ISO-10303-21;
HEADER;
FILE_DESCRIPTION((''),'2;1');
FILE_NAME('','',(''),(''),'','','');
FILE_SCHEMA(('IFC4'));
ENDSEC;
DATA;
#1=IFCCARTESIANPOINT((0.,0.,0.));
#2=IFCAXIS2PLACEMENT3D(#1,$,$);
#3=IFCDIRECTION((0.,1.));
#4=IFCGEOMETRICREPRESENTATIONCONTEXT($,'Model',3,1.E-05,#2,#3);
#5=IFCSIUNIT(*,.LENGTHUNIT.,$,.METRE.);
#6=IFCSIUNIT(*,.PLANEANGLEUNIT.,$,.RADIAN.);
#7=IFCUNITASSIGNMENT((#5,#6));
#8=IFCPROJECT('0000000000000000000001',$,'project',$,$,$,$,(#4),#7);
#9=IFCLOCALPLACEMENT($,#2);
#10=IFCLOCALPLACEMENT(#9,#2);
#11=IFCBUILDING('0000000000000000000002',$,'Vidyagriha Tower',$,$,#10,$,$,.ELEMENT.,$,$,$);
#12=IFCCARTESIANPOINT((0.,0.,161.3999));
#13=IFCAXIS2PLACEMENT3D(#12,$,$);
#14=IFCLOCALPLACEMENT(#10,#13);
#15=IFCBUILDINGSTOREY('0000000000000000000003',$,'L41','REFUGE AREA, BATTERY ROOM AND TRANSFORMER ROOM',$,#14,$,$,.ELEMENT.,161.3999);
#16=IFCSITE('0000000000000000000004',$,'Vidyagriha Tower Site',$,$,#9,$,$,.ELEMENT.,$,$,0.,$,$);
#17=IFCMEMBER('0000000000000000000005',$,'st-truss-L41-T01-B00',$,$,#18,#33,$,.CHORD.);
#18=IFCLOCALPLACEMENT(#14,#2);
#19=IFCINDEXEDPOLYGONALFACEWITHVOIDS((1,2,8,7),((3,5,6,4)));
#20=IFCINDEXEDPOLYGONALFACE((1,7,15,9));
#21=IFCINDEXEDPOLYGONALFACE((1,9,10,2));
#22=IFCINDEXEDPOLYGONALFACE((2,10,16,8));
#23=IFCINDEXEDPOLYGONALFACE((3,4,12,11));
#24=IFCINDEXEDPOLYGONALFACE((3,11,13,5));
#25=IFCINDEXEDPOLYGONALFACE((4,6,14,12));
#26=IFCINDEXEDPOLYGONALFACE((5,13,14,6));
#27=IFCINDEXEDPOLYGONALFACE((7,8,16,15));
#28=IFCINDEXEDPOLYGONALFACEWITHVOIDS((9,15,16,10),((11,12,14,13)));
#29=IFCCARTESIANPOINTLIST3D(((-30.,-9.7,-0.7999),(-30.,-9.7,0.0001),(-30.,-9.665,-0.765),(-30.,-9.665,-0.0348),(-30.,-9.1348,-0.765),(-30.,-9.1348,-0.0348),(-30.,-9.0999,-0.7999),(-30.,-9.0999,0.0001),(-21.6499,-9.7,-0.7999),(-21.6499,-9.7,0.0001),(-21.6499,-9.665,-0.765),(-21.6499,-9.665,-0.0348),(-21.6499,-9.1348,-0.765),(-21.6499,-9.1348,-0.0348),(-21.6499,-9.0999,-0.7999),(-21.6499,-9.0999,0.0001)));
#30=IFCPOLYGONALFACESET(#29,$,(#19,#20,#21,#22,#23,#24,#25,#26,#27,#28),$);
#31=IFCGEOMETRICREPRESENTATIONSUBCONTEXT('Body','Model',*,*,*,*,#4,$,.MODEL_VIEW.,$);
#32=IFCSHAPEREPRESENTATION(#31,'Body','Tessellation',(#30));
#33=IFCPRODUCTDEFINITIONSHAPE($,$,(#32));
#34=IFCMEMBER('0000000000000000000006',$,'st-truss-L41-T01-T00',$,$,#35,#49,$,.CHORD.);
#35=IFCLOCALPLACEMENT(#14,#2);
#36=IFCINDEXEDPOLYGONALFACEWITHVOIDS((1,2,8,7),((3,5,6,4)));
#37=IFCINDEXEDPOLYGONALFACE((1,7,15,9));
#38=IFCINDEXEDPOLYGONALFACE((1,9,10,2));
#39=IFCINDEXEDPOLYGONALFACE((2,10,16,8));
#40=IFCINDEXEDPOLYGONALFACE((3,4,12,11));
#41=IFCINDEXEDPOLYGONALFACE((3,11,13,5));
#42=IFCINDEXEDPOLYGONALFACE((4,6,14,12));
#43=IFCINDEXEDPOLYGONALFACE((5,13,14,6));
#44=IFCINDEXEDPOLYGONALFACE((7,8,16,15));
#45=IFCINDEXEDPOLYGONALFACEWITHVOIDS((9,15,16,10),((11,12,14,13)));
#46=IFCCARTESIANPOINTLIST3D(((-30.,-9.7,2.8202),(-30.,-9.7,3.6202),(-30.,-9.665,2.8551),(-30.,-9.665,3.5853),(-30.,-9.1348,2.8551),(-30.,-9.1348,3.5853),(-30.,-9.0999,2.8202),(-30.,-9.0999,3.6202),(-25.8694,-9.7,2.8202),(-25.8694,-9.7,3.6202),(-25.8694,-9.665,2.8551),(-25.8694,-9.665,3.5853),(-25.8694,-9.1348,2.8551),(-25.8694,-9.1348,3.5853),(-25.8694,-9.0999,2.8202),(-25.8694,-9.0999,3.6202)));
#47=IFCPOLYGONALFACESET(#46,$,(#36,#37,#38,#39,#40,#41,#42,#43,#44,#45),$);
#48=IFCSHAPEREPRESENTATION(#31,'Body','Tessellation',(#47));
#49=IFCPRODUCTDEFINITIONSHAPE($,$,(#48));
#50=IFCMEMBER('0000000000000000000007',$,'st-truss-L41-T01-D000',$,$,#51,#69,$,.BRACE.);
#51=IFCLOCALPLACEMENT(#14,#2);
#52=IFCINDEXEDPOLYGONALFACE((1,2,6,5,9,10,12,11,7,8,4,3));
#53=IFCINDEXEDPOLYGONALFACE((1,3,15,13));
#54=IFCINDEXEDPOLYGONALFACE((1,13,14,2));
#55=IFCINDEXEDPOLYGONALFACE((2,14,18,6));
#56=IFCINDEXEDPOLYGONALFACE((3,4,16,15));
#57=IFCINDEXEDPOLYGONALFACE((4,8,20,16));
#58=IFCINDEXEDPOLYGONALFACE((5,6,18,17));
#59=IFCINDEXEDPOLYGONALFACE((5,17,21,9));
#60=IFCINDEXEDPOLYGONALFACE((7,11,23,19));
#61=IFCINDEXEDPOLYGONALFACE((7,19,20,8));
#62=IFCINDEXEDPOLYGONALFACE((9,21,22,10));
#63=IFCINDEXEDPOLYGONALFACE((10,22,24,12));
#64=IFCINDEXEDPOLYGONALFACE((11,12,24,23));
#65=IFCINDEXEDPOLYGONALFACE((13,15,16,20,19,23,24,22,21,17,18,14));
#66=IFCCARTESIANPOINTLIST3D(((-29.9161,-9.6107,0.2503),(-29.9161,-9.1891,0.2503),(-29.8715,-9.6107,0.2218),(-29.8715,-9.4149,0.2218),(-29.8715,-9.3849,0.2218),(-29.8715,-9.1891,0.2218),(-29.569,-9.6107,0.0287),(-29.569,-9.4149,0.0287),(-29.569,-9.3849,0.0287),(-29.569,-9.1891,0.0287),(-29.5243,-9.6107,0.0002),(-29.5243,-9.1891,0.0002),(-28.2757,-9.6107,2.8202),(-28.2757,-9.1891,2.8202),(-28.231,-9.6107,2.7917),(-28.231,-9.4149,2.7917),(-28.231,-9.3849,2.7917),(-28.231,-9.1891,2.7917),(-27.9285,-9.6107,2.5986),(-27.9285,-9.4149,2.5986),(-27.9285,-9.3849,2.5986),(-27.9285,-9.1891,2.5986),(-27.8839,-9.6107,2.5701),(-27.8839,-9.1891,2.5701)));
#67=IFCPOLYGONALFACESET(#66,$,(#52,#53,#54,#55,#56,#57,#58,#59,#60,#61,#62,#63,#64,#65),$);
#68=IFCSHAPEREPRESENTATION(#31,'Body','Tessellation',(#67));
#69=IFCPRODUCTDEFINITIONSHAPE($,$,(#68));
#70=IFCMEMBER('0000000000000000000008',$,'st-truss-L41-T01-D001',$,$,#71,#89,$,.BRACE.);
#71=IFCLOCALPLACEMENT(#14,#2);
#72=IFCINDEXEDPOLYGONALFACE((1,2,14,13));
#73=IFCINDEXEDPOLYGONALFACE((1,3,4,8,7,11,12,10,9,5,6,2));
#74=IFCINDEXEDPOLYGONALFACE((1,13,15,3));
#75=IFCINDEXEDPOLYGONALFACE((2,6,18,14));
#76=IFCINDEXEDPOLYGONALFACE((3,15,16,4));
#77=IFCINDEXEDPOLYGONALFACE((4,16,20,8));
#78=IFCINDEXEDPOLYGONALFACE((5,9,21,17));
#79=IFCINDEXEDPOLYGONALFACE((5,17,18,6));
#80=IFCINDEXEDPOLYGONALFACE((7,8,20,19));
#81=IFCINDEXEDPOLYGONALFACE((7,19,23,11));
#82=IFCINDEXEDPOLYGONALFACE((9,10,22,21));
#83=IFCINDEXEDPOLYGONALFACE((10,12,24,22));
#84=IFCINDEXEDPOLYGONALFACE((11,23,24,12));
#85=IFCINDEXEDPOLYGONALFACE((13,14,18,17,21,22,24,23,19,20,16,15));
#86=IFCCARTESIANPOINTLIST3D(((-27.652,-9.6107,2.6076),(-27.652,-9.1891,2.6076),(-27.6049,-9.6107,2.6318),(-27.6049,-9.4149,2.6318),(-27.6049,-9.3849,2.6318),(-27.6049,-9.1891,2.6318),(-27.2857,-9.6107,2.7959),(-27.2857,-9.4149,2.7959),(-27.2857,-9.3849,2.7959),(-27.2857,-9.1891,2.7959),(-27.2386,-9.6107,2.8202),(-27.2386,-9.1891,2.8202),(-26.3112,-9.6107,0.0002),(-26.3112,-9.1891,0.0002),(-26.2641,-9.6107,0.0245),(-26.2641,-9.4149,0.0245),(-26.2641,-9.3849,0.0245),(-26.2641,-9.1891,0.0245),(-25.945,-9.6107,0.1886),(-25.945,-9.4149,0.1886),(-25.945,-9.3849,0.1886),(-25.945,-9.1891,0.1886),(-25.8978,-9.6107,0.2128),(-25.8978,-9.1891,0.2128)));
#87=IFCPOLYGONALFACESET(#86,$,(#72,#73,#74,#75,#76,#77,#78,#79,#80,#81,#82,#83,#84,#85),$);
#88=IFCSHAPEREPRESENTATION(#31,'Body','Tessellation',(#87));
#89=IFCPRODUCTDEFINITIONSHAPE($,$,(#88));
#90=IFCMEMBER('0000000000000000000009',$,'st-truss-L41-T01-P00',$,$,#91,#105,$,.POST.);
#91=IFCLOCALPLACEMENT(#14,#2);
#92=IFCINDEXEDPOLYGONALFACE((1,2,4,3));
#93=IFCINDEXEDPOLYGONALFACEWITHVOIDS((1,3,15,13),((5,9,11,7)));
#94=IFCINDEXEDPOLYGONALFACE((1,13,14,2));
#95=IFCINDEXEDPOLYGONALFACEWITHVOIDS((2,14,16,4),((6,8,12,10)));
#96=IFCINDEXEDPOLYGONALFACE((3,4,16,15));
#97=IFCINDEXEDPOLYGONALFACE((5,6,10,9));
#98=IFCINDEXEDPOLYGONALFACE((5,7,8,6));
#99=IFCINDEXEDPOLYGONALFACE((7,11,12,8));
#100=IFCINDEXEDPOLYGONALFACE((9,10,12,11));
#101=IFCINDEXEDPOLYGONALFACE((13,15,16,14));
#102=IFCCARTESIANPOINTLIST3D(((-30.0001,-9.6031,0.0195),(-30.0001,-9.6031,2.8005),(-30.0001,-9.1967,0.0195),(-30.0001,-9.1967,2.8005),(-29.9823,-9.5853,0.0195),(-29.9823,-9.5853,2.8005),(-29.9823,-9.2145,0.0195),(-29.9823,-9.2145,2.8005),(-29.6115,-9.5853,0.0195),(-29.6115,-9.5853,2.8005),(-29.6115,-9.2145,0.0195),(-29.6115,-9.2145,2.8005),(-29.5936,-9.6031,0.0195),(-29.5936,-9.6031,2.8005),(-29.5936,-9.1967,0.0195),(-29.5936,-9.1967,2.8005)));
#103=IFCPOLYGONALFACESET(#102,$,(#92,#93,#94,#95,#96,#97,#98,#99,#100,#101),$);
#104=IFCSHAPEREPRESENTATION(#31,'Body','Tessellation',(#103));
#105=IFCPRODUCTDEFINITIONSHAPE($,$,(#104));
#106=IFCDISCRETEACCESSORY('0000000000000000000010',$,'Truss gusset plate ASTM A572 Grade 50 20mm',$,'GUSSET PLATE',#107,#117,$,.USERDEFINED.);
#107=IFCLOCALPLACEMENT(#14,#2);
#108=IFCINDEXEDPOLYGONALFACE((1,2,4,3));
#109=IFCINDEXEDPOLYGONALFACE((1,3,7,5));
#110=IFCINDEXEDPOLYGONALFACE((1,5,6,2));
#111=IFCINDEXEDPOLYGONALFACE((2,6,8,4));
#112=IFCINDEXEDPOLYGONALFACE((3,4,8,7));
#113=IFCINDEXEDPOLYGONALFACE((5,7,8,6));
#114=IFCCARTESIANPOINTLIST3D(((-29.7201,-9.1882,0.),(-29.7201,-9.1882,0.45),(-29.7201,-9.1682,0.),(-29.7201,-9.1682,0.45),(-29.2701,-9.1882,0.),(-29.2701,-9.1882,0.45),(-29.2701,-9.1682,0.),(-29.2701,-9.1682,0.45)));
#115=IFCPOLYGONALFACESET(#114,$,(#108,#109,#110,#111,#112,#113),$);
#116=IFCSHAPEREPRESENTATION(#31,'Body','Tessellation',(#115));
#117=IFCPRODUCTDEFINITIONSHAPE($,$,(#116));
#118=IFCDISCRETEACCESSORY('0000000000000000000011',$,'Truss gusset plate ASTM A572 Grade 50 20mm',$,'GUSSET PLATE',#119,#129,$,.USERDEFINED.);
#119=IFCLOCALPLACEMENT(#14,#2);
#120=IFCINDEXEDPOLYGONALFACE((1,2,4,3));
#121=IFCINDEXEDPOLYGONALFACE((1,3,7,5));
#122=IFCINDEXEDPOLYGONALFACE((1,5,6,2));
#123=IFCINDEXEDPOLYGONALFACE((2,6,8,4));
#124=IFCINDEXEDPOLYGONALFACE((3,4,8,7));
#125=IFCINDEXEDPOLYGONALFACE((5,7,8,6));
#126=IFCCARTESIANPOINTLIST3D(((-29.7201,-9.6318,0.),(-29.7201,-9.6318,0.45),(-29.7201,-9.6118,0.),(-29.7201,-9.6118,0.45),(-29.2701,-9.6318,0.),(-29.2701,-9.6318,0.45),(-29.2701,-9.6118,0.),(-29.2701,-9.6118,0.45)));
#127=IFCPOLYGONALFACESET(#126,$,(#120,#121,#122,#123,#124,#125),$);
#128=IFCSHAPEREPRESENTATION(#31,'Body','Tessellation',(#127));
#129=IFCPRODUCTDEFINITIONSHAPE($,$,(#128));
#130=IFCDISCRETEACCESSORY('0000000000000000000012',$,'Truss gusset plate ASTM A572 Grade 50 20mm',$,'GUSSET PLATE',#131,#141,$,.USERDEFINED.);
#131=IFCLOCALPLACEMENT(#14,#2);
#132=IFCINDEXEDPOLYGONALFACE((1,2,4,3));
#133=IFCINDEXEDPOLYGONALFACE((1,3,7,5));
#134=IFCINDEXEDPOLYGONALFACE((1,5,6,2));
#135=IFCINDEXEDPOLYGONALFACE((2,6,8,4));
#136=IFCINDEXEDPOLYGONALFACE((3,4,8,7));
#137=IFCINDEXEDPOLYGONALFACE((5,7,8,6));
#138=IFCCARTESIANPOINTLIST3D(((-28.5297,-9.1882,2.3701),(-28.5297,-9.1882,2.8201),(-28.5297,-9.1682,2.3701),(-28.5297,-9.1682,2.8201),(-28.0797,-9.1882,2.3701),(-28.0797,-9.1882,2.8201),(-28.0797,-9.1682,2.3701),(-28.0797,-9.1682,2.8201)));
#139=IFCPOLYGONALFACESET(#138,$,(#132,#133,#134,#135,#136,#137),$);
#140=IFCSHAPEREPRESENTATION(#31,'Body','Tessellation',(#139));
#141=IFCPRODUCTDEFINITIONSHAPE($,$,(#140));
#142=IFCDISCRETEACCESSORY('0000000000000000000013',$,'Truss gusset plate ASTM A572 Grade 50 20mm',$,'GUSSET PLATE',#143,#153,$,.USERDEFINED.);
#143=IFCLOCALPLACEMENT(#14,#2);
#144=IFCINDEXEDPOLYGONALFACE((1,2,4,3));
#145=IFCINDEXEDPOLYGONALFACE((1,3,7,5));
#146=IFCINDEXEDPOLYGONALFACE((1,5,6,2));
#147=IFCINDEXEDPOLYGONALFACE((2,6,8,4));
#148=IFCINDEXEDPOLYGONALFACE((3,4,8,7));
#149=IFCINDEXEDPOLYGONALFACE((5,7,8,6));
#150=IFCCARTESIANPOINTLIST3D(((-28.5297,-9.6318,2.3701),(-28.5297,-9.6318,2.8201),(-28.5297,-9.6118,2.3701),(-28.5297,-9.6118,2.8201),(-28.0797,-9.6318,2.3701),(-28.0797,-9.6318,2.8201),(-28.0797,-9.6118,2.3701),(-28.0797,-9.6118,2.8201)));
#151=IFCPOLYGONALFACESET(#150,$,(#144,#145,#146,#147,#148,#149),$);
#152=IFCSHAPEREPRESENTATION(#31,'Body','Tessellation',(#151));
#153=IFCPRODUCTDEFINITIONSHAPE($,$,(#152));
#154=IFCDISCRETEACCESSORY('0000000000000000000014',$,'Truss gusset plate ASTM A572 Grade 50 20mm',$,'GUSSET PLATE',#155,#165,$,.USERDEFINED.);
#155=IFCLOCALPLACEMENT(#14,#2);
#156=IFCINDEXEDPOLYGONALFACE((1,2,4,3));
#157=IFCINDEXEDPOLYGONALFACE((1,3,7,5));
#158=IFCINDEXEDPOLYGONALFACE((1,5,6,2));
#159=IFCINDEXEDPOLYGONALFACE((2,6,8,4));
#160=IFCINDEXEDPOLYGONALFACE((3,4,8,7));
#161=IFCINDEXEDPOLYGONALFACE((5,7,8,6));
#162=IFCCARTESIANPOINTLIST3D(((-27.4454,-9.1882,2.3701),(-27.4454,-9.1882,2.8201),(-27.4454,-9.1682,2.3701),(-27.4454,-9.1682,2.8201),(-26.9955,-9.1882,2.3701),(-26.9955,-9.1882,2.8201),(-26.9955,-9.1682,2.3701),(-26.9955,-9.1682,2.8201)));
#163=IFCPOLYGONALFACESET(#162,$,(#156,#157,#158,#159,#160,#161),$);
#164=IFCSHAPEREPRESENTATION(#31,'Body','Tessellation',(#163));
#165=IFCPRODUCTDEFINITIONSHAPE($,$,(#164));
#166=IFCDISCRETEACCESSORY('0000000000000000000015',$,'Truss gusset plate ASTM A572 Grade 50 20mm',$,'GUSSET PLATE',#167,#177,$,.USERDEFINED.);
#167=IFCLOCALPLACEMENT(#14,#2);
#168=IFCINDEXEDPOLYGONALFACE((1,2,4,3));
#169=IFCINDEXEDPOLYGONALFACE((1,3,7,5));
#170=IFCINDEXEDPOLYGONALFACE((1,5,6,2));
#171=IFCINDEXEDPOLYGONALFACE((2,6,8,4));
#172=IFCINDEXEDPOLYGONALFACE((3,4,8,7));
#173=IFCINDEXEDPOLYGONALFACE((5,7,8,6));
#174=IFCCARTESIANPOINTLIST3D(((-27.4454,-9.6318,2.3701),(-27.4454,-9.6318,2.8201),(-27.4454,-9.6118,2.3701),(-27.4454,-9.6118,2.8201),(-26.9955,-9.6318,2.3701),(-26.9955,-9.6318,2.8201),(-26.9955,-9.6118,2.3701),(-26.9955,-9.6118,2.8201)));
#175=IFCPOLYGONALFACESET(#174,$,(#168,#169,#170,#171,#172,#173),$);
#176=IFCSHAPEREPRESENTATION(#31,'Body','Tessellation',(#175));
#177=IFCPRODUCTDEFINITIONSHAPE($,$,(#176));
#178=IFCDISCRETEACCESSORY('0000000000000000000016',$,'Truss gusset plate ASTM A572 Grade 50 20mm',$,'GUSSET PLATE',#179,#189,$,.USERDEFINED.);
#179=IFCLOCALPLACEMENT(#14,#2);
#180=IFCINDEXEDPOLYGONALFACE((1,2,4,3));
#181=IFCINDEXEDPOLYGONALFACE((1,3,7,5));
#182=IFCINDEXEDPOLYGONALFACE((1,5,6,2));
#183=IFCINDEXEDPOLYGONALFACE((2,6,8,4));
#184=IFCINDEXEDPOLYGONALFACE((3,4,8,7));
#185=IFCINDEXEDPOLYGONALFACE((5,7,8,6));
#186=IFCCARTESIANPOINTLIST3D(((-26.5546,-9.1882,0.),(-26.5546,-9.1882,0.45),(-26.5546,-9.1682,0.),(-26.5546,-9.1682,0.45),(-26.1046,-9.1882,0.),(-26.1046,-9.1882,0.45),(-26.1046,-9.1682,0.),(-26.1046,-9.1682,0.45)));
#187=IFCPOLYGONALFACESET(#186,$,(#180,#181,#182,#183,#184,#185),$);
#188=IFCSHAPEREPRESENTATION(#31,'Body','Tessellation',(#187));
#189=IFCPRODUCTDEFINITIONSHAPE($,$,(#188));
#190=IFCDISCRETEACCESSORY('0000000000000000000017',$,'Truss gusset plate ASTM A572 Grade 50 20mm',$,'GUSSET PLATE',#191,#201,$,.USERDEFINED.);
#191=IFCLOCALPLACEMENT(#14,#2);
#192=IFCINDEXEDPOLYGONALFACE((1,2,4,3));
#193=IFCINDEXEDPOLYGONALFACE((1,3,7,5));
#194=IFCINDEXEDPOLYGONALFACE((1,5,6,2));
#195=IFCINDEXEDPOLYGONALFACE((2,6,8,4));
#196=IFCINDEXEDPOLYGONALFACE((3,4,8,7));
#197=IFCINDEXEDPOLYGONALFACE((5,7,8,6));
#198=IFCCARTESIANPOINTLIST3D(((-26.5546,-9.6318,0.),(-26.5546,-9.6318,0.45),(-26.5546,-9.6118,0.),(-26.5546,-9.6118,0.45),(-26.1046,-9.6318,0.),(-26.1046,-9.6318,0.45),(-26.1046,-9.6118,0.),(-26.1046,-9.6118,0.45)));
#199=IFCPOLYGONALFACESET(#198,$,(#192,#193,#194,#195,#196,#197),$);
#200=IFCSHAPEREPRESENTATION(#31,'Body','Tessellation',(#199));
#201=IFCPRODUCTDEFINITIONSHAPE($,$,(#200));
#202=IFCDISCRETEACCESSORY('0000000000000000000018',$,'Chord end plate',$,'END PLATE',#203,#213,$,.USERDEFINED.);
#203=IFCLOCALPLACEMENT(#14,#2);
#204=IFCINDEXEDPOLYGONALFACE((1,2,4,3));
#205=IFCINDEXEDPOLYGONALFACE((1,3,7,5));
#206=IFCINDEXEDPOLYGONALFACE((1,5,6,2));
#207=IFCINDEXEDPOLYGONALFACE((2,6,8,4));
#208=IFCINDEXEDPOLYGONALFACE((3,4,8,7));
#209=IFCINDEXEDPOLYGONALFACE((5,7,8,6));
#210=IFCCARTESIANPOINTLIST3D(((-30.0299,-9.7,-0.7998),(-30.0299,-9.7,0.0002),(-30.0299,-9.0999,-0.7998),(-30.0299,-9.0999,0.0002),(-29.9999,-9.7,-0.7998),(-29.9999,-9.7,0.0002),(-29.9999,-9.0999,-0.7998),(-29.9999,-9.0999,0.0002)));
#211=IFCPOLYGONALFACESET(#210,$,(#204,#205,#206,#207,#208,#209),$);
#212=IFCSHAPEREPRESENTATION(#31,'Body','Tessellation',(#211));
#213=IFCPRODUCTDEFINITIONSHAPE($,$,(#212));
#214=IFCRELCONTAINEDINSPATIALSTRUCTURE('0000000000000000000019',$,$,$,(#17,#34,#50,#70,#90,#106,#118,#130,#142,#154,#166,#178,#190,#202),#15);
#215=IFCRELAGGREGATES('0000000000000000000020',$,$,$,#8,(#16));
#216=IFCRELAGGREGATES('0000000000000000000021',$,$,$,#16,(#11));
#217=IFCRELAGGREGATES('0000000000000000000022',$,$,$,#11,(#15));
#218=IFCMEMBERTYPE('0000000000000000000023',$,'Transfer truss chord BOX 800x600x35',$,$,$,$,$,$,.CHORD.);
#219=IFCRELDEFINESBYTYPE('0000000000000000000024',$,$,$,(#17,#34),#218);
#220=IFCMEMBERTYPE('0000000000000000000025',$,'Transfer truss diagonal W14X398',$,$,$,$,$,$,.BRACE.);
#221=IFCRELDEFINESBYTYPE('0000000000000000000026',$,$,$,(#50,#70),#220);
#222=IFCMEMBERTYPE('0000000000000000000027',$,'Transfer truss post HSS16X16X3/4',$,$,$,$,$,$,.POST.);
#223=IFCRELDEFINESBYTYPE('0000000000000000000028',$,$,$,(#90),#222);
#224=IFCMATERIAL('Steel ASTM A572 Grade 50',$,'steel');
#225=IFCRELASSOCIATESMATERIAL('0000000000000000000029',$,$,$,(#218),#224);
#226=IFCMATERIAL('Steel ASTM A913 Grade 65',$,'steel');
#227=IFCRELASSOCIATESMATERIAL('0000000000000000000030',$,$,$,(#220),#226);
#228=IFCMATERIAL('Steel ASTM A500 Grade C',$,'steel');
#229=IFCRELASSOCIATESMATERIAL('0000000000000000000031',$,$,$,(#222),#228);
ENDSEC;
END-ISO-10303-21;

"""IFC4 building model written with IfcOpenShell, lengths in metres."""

from ifc_helpers import new_model, si_unit, direction, frame, origin, origin_2d, place, context, subcontext, project, spatial, rectangle, hollow_rectangle, i_section, extrude, material, material_profile, profile_set, type_object, element, save


model = new_model("IFC4")

# Units and contexts
model_context = context("Model", 3, precision=1e-05, world=origin(), true_north=direction((0.0, 1.0)))
body_context = subcontext(model_context, "Body", "Model", "MODEL_VIEW")
ifc_project = project(units=[si_unit("LENGTHUNIT", "METRE"), si_unit("PLANEANGLEUNIT", "RADIAN")], contexts=[model_context])

# Site, building, storey
site_placement = place(None, origin())
site = spatial("IfcSite", under=ifc_project, at=site_placement, Name="Vidyagriha Tower Site", CompositionType="ELEMENT", RefElevation=0.0)
building_placement = place(site_placement, origin())
building = spatial("IfcBuilding", under=site, at=building_placement, Name="Vidyagriha Tower", CompositionType="ELEMENT")
storey_placement = place(building_placement, frame((0.0, 0.0, 161.3999)))
storey = spatial("IfcBuildingStorey", under=building, at=storey_placement, Name="L41", Description="REFUGE AREA, BATTERY ROOM AND TRANSFORMER ROOM", CompositionType="ELEMENT", Elevation=161.3999)

# Members
ifc_material_1 = material(Name="Steel ASTM A572 Grade 50", Category="steel")
ifc_material_profile_1 = material_profile(ifc_material_1, hollow_rectangle(XDim=0.6001, YDim=0.8, WallThickness=0.0349, at=origin_2d()), Name="BOX 800x600x35")
ifc_profile_set_1 = profile_set([ifc_material_profile_1], Name="Steel ASTM A572 Grade 50")
member_type_1 = type_object("IfcMemberType", Name="Transfer truss chord BOX 800x600x35", PredefinedType="CHORD", material=ifc_profile_set_1)
member_1_placement = place(storey_placement, frame((-30.0, -9.3999, -0.3999), z_axis=(1.0, 0.0, 0.0), x_axis=(0.0, 1.0, 0.0)))
element("IfcMember", 1, at=member_1_placement, inside=storey, type_object=member_type_1, Name="st-truss-L41-T01-B00", PredefinedType="CHORD", context=body_context, shape_type="SweptSolid", body=[
    extrude(hollow_rectangle(XDim=0.6001, YDim=0.8, WallThickness=0.0349, at=origin_2d()), origin(), (0.0, 0.0, 1.0), 8.3501),
])
member_2_placement = place(storey_placement, frame((-30.0, -9.3999, 3.2202), z_axis=(1.0, 0.0, 0.0), x_axis=(0.0, 1.0, 0.0)))
element("IfcMember", 2, at=member_2_placement, inside=storey, type_object=member_type_1, Name="st-truss-L41-T01-T00", PredefinedType="CHORD", context=body_context, shape_type="SweptSolid", body=[
    extrude(hollow_rectangle(XDim=0.6001, YDim=0.8, WallThickness=0.0349, at=origin_2d()), origin(), (0.0, 0.0, 1.0), 4.1306),
])
ifc_material_2 = material(Name="Steel ASTM A913 Grade 65", Category="steel")
ifc_material_profile_2 = material_profile(ifc_material_2, i_section(OverallWidth=0.4216, OverallDepth=0.4648, WebThickness=0.03, FlangeThickness=0.053, at=origin_2d()), Name="W14X398")
ifc_profile_set_2 = profile_set([ifc_material_profile_2], Name="Steel ASTM A913 Grade 65")
member_type_2 = type_object("IfcMemberType", Name="Transfer truss diagonal W14X398", PredefinedType="BRACE", material=ifc_profile_set_2)
member_3_placement = place(storey_placement, frame((-29.7202, -9.3999, 0.1252), z_axis=(0.538051, 0.0, 0.842912), x_axis=(0.0, 1.0, 0.0)))
element("IfcMember", 3, at=member_3_placement, inside=storey, type_object=member_type_2, Name="st-truss-L41-T01-D000", PredefinedType="BRACE", context=body_context, shape_type="SweptSolid", body=[
    extrude(i_section(OverallWidth=0.4216, OverallDepth=0.4648, WebThickness=0.03, FlangeThickness=0.053, at=origin_2d()), origin(), (0.0, 0.0, 1.0), 3.0488),
])
member_4_placement = place(storey_placement, frame((-27.4453, -9.3999, 2.7139), z_axis=(0.45731, 0.0, -0.889307), x_axis=(0.0, 1.0, 0.0)))
element("IfcMember", 4, at=member_4_placement, inside=storey, type_object=member_type_2, Name="st-truss-L41-T01-D001", PredefinedType="BRACE", context=body_context, shape_type="SweptSolid", body=[
    extrude(i_section(OverallWidth=0.4216, OverallDepth=0.4648, WebThickness=0.03, FlangeThickness=0.053, at=origin_2d()), origin(), (0.0, 0.0, 1.0), 2.9319),
])
ifc_material_3 = material(Name="Steel ASTM A500 Grade C", Category="steel")
ifc_material_profile_3 = material_profile(ifc_material_3, hollow_rectangle(XDim=0.4065, YDim=0.4065, WallThickness=0.0178, at=origin_2d()), Name="HSS16X16X3/4")
ifc_profile_set_3 = profile_set([ifc_material_profile_3], Name="Steel ASTM A500 Grade C")
member_type_3 = type_object("IfcMemberType", Name="Transfer truss post HSS16X16X3/4", PredefinedType="POST", material=ifc_profile_set_3)
member_5_placement = place(storey_placement, frame((-29.7969, -9.3999, 0.0195)))
element("IfcMember", 5, at=member_5_placement, inside=storey, type_object=member_type_3, Name="st-truss-L41-T01-P00", PredefinedType="POST", context=body_context, shape_type="SweptSolid", body=[
    extrude(hollow_rectangle(XDim=0.4065, YDim=0.4065, WallThickness=0.0178, at=origin_2d()), origin(), (0.0, 0.0, 1.0), 2.781),
])

# Discrete accessories
for number, where, name in (
    (6, (-29.4951, -9.1782, 0.0), "Truss gusset plate ASTM A572 Grade 50 20mm"),
    (7, (-29.4951, -9.6218, 0.0), "Truss gusset plate ASTM A572 Grade 50 20mm"),
    (8, (-28.3047, -9.1782, 2.3701), "Truss gusset plate ASTM A572 Grade 50 20mm"),
    (9, (-28.3047, -9.6218, 2.3701), "Truss gusset plate ASTM A572 Grade 50 20mm"),
    (10, (-27.2205, -9.1782, 2.3701), "Truss gusset plate ASTM A572 Grade 50 20mm"),
    (11, (-27.2205, -9.6218, 2.3701), "Truss gusset plate ASTM A572 Grade 50 20mm"),
    (12, (-26.3296, -9.1782, 0.0), "Truss gusset plate ASTM A572 Grade 50 20mm"),
    (13, (-26.3296, -9.6218, 0.0), "Truss gusset plate ASTM A572 Grade 50 20mm"),
):
    element("IfcDiscreteAccessory", number, at=place(storey_placement, frame(where)), inside=storey, Name=name, ObjectType="GUSSET PLATE", PredefinedType="USERDEFINED", context=body_context, shape_type="SweptSolid", body=[
        extrude(rectangle(XDim=0.45, YDim=0.02, at=origin_2d()), origin(), (0.0, 0.0, 1.0), 0.45),
    ])
for number, where, z_axis, x_axis, name in (
    (14, (-30.0149, -9.3999, -0.7998), (0.0, 0.0, 1.0), (-1.0, 0.0, 0.0), "Chord end plate"),
):
    element("IfcDiscreteAccessory", number, at=place(storey_placement, frame(where, z_axis=z_axis, x_axis=x_axis)), inside=storey, Name=name, ObjectType="END PLATE", PredefinedType="USERDEFINED", context=body_context, shape_type="SweptSolid", body=[
        extrude(rectangle(XDim=0.03, YDim=0.6001, at=origin_2d()), origin(), (0.0, 0.0, 1.0), 0.8),
    ])

save(model, "model.ifc")
